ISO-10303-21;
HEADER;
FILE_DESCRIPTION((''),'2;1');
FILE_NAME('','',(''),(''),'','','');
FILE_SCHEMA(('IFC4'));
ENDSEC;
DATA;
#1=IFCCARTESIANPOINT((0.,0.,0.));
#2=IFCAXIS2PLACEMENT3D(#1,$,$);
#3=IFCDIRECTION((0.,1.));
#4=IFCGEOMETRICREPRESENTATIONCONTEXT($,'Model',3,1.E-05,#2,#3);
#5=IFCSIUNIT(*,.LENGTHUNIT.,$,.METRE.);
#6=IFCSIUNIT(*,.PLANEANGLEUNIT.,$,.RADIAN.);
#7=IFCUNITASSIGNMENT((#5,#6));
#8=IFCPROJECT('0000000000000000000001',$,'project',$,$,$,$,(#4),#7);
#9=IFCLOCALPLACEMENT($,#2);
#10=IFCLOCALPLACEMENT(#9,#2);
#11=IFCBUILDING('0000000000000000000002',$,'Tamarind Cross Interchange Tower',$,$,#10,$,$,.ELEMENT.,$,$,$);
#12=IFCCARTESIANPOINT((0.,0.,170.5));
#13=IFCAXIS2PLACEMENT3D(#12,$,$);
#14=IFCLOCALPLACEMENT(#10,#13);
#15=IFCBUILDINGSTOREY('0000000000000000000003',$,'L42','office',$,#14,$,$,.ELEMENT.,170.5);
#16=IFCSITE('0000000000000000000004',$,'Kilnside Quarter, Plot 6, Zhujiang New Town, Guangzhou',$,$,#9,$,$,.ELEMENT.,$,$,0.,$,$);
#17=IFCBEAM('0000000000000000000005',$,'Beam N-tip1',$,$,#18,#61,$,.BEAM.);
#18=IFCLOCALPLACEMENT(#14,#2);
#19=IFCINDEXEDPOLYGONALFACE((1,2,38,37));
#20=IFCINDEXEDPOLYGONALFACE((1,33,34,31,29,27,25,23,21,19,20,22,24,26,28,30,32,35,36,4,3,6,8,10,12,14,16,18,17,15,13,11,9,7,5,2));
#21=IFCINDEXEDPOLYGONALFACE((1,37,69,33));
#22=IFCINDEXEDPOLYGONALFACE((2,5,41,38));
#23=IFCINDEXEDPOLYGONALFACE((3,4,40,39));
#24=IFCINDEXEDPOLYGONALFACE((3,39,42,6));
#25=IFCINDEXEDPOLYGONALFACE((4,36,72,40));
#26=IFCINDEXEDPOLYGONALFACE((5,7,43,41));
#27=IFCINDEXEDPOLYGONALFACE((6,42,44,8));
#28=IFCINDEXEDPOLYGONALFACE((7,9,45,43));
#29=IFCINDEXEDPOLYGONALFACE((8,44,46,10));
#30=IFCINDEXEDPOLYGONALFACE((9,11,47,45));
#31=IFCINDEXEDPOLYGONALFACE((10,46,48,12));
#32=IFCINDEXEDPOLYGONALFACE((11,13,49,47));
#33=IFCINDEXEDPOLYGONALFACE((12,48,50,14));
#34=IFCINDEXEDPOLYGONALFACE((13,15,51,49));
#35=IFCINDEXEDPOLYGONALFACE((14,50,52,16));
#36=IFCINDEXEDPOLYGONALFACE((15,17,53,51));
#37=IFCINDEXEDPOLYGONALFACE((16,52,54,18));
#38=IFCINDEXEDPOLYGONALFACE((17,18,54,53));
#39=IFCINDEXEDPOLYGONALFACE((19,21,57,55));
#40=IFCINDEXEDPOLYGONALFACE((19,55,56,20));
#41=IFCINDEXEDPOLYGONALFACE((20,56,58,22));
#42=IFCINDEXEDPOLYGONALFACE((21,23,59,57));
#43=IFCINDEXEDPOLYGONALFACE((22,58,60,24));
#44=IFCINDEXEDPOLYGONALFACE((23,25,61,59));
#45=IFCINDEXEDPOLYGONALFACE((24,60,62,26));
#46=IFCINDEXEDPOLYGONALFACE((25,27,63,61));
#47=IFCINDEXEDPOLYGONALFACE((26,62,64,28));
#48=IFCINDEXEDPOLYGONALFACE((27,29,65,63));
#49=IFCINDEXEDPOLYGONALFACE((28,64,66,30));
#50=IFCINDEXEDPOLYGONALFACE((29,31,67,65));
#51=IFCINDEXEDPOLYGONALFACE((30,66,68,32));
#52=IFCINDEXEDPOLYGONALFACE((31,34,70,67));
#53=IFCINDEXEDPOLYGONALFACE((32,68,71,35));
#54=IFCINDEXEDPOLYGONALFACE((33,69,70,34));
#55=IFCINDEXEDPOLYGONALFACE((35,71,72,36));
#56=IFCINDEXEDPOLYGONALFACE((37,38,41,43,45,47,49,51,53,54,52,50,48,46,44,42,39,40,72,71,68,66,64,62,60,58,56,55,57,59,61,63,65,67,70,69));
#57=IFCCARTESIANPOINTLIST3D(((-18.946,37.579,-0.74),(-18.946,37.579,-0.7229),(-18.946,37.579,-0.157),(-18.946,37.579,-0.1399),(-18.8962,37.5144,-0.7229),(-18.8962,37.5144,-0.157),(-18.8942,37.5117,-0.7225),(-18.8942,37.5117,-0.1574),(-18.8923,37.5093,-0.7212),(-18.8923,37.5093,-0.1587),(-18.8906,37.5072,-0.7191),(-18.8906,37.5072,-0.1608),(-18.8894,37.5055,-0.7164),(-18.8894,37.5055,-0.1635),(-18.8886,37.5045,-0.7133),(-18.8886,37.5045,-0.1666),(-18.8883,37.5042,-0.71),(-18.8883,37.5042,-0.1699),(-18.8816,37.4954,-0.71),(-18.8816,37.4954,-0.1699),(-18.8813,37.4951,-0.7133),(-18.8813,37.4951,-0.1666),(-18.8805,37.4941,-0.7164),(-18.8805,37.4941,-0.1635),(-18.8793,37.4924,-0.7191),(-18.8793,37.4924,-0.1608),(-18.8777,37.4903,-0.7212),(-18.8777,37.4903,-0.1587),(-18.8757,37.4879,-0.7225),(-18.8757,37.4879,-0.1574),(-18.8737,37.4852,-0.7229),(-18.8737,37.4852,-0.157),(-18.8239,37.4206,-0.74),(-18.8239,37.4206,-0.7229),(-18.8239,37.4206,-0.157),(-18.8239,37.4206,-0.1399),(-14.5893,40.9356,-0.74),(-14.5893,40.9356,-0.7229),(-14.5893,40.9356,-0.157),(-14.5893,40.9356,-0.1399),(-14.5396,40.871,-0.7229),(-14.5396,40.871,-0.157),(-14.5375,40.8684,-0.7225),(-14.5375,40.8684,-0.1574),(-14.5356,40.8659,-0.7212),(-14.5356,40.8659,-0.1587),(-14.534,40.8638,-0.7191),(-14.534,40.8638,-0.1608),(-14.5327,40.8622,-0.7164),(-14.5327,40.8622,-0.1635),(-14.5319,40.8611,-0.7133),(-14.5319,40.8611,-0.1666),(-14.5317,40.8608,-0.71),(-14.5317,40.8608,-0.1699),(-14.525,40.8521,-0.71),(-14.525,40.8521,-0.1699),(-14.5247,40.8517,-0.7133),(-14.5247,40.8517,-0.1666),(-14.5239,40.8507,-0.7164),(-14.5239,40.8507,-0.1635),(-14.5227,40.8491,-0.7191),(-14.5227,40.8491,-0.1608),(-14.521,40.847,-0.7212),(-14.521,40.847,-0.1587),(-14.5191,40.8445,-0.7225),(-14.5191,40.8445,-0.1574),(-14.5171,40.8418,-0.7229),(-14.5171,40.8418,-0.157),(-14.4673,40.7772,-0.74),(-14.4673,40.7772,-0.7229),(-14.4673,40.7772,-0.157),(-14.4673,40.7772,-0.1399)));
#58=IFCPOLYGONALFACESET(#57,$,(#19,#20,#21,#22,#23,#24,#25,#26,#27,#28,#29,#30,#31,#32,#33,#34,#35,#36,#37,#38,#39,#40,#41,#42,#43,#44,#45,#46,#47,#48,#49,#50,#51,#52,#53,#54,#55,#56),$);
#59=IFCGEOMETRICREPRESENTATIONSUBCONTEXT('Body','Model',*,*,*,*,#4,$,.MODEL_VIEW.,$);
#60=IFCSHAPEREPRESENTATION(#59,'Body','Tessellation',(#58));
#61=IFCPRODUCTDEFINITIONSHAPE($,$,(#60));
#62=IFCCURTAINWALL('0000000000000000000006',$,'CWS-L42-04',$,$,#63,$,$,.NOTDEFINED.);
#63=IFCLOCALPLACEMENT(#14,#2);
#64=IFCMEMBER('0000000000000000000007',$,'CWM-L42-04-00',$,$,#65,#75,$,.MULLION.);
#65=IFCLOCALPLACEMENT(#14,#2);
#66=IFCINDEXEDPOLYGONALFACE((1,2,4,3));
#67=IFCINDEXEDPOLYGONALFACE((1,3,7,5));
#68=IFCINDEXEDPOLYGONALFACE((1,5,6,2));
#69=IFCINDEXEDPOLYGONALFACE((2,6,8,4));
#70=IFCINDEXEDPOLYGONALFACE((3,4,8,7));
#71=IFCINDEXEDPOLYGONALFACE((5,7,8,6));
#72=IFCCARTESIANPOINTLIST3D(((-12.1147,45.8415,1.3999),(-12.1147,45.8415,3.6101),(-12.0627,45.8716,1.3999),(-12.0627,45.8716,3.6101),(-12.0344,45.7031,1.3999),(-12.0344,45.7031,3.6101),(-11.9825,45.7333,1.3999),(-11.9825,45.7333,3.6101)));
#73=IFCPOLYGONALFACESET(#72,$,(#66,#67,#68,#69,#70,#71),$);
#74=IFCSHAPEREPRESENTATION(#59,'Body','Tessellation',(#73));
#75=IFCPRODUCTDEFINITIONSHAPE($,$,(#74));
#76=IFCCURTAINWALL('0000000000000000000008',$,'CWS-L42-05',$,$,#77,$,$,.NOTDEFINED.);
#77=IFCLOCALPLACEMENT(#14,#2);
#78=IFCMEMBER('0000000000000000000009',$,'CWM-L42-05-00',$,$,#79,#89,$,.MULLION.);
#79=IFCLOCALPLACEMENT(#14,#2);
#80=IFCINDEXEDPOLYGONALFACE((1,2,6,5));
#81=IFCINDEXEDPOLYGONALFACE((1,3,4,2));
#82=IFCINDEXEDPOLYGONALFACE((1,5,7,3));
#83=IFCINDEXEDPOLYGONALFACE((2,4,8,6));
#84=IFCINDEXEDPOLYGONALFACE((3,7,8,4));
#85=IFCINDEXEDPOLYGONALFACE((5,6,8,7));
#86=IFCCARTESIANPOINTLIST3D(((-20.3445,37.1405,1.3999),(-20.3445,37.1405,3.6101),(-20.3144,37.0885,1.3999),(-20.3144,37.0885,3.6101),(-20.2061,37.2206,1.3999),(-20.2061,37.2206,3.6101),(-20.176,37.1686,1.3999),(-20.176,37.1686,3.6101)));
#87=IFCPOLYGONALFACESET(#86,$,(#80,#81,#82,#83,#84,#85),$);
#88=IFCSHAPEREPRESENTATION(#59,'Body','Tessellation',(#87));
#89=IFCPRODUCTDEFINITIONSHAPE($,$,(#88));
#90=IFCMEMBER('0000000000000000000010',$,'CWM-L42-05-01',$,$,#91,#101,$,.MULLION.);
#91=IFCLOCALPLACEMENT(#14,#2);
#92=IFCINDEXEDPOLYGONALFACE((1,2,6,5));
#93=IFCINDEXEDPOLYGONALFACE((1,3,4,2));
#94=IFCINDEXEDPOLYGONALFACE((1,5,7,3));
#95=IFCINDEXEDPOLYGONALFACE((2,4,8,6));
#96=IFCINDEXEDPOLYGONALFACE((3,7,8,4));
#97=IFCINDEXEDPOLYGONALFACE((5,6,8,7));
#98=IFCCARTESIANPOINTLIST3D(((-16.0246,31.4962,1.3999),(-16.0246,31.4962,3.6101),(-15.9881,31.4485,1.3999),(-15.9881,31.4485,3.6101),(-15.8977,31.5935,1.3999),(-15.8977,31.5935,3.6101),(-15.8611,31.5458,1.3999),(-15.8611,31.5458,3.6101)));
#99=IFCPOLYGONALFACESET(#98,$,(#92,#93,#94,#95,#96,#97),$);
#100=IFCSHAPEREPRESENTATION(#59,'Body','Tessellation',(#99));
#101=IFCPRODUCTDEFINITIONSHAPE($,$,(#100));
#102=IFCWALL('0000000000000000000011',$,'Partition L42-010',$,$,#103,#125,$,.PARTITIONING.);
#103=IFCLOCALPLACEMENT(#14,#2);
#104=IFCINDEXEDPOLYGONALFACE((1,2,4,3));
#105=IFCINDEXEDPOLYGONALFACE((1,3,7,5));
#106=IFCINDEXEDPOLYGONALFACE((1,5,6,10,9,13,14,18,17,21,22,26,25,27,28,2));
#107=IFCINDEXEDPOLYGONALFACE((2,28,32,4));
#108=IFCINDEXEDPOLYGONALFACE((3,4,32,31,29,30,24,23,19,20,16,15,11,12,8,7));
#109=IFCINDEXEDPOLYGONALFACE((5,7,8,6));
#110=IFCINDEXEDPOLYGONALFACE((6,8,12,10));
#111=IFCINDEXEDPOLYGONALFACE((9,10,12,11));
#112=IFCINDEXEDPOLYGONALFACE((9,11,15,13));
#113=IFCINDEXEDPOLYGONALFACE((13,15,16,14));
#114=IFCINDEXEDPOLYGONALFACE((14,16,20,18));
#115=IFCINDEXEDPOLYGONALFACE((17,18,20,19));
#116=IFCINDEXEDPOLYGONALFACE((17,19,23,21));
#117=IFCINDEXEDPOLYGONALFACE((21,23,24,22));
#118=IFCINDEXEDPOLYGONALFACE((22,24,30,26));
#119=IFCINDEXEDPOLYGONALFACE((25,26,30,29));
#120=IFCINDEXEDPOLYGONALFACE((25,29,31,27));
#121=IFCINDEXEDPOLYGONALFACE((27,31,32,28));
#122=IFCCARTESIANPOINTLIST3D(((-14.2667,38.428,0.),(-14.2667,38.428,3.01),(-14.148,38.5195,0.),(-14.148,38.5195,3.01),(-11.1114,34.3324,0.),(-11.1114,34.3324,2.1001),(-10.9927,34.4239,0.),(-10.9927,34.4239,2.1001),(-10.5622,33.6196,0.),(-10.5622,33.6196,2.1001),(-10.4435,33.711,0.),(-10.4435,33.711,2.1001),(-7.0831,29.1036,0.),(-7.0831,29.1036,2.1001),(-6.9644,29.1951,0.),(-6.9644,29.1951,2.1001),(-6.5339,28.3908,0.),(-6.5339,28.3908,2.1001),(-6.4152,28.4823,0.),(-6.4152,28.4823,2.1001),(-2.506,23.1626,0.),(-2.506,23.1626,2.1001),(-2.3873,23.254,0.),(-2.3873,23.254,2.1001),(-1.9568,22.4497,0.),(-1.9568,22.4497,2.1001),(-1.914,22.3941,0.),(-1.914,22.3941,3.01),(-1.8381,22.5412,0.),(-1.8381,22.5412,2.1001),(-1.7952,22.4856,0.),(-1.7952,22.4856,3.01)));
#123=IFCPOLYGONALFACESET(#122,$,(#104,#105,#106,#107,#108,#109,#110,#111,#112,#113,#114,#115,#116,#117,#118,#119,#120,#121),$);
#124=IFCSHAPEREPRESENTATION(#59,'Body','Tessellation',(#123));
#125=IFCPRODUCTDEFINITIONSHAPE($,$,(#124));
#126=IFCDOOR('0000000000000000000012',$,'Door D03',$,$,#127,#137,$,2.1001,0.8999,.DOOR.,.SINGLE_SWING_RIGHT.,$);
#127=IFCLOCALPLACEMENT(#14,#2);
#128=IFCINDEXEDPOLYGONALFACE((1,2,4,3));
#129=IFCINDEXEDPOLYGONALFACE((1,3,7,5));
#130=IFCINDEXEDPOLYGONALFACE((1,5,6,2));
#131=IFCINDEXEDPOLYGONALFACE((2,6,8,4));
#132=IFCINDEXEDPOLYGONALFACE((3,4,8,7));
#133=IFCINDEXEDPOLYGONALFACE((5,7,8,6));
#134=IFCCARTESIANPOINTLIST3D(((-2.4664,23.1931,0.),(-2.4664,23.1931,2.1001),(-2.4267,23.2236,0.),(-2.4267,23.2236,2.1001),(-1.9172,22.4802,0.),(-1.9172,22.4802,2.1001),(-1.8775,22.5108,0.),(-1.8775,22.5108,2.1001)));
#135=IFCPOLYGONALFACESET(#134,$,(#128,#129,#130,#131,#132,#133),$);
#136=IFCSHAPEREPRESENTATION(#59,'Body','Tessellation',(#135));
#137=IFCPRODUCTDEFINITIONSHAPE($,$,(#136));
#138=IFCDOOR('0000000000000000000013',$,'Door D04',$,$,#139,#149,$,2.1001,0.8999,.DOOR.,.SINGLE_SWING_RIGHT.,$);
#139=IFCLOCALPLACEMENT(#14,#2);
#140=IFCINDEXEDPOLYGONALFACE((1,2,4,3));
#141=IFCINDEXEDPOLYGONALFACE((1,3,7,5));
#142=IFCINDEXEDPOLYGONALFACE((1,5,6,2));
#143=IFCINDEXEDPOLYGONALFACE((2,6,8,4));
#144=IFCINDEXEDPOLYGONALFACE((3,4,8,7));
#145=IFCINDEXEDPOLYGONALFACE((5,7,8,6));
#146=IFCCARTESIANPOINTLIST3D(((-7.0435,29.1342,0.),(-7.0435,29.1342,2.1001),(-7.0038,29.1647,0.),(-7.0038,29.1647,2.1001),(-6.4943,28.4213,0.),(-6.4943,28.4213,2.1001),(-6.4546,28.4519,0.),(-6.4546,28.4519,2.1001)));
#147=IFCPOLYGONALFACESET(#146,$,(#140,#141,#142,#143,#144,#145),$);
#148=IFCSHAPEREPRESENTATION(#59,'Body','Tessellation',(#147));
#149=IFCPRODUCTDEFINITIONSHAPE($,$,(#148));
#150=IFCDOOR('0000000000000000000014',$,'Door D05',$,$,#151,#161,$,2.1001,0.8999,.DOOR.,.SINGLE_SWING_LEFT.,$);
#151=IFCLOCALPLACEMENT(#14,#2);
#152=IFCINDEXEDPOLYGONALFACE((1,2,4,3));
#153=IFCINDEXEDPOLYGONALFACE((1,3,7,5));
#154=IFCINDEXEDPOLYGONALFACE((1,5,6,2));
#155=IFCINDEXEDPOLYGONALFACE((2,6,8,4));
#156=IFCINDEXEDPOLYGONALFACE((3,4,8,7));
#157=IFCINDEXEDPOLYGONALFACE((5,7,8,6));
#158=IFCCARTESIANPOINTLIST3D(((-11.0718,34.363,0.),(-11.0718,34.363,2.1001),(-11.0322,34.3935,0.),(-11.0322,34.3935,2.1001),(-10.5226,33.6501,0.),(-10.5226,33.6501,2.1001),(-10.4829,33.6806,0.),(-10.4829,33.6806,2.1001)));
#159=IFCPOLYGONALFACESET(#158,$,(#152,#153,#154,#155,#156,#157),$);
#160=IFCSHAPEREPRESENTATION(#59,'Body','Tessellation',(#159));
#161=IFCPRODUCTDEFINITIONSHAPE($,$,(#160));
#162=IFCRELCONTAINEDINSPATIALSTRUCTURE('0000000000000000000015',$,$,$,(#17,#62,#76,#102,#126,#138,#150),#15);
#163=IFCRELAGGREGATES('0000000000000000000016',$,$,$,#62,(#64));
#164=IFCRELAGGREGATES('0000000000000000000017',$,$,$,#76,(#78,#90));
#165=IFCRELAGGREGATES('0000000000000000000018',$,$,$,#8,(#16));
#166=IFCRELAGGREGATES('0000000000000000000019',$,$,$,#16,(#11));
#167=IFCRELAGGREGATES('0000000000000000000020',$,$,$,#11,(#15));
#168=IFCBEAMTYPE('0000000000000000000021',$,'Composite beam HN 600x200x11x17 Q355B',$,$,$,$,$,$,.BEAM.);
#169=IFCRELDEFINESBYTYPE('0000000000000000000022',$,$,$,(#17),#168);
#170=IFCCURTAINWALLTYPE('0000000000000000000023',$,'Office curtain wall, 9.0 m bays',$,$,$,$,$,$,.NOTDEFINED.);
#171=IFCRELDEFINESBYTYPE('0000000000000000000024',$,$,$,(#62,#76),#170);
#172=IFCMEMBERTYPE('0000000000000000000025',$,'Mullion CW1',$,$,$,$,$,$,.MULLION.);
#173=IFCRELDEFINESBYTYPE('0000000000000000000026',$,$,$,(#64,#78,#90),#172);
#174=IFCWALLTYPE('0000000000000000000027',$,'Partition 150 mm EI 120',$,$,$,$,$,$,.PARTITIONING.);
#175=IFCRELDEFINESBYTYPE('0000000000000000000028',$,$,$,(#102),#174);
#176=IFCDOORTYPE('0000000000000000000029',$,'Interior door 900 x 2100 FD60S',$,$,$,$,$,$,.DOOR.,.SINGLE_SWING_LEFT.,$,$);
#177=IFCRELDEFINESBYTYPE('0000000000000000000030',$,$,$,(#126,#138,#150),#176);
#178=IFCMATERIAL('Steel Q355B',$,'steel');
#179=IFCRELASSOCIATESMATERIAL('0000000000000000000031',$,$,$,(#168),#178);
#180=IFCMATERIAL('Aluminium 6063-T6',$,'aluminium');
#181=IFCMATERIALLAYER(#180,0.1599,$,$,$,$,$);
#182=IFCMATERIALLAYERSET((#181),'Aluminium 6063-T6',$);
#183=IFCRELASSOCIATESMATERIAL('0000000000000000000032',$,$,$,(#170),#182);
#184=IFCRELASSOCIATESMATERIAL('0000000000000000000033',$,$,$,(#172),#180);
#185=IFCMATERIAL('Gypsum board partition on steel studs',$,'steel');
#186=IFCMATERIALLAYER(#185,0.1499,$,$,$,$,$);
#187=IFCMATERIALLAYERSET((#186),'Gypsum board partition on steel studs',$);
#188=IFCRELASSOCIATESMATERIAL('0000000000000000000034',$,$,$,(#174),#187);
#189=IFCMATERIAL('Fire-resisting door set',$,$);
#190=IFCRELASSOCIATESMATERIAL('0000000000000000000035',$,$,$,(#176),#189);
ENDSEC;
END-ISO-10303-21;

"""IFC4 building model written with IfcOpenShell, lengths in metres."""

from ifc_helpers import new_model, si_unit, direction, frame, frame_2d, origin, origin_2d, place, context, subcontext, project, spatial, rectangle, i_section, extrude, material, layer, layer_set, material_profile, profile_set, type_object, element, fill, aggregate, save


model = new_model("IFC4")

# Units and contexts
model_context = context("Model", 3, precision=1e-05, world=origin(), true_north=direction((0.0, 1.0)))
body_context = subcontext(model_context, "Body", "Model", "MODEL_VIEW")
ifc_project = project(units=[si_unit("LENGTHUNIT", "METRE"), si_unit("PLANEANGLEUNIT", "RADIAN")], contexts=[model_context])

# Site, building, storey
site_placement = place(None, origin())
site = spatial("IfcSite", under=ifc_project, at=site_placement, Name="Kilnside Quarter, Plot 6, Zhujiang New Town, Guangzhou", CompositionType="ELEMENT", RefElevation=0.0)
building_placement = place(site_placement, origin())
building = spatial("IfcBuilding", under=site, at=building_placement, Name="Tamarind Cross Interchange Tower", CompositionType="ELEMENT")
storey_placement = place(building_placement, frame((0.0, 0.0, 170.5)))
storey = spatial("IfcBuildingStorey", under=building, at=storey_placement, Name="L42", Description="office", CompositionType="ELEMENT", Elevation=170.5)

# Beam
ifc_material_1 = material(Name="Steel Q355B", Category="steel")
ifc_material_profile_1 = material_profile(ifc_material_1, i_section(OverallWidth=0.2, OverallDepth=0.6001, WebThickness=0.011, FlangeThickness=0.0171, FilletRadius=0.0129, at=origin_2d()), Name="HN 600x200x11x17")
ifc_profile_set_1 = profile_set([ifc_material_profile_1], Name="Steel Q355B")
beam_type_1 = type_object("IfcBeamType", Name="Composite beam HN 600x200x11x17 Q355B", PredefinedType="BEAM", material=ifc_profile_set_1)
beam_1_placement = place(storey_placement, frame((-14.5283, 40.8564, -0.4399), z_axis=(-0.79215, -0.610326, 0.0), x_axis=(0.610326, -0.79215, 0.0)))
element("IfcBeam", 1, at=beam_1_placement, inside=storey, type_object=beam_type_1, Name="Beam N-tip1", PredefinedType="BEAM", context=body_context, shape_type="SweptSolid", body=[
    extrude(i_section(OverallWidth=0.2, OverallDepth=0.6001, WebThickness=0.011, FlangeThickness=0.0171, FilletRadius=0.0129, at=origin_2d()), origin(), (0.0, 0.0, 1.0), 5.4998),
])

# Curtain wall, member
ifc_material_2 = material(Name="Aluminium 6063-T6", Category="aluminium")
ifc_layer_1 = layer(ifc_material_2, 0.1599)
ifc_layer_set_1 = layer_set([ifc_layer_1], Name="Aluminium 6063-T6")
curtain_wall_type = type_object("IfcCurtainWallType", Name="Office curtain wall, 9.0 m bays", PredefinedType="NOTDEFINED", material=ifc_layer_set_1)
curtain_wall_1_placement = place(storey_placement, origin())
curtain_wall_1 = element("IfcCurtainWall", 2, at=curtain_wall_1_placement, inside=storey, type_object=curtain_wall_type, Name="CWS-L42-04", PredefinedType="NOTDEFINED")
ifc_material_profile_2 = material_profile(ifc_material_2, rectangle(XDim=0.0601, YDim=0.1599, at=origin_2d()), Name="Mullion CW1")
ifc_profile_set_2 = profile_set([ifc_material_profile_2], Name="Aluminium 6063-T6")
member_type = type_object("IfcMemberType", Name="Mullion CW1", PredefinedType="MULLION", material=ifc_profile_set_2)
member_1_placement = place(storey_placement, frame((-12.0486, 45.7874, 1.3999), z_axis=(0.0, 0.0, 1.0), x_axis=(-0.865039, -0.501704, 0.0)))
member_1 = element("IfcMember", 3, at=member_1_placement, type_object=member_type, Name="CWM-L42-04-00", PredefinedType="MULLION", context=body_context, shape_type="SweptSolid", body=[
    extrude(rectangle(XDim=0.0601, YDim=0.1599, at=origin_2d()), origin(), (0.0, 0.0, 1.0), 2.2102),
])
aggregate(curtain_wall_1, [member_1])

# Curtain wall, members
curtain_wall_2_placement = place(storey_placement, origin())
curtain_wall_2 = element("IfcCurtainWall", 4, at=curtain_wall_2_placement, inside=storey, type_object=curtain_wall_type, Name="CWS-L42-05", PredefinedType="NOTDEFINED")
member_2_placement = place(storey_placement, frame((-20.2603, 37.1545, 1.3999), z_axis=(0.0, 0.0, 1.0), x_axis=(0.500588, -0.865686, 0.0)))
member_2 = element("IfcMember", 5, at=member_2_placement, type_object=member_type, Name="CWM-L42-05-00", PredefinedType="MULLION", context=body_context, shape_type="SweptSolid", body=[
    extrude(rectangle(XDim=0.0601, YDim=0.1599, at=origin_2d()), origin(), (0.0, 0.0, 1.0), 2.2102),
])
member_3_placement = place(storey_placement, frame((-15.9429, 31.521, 1.3999), z_axis=(0.0, 0.0, 1.0), x_axis=(0.608277, -0.793725, 0.0)))
member_3 = element("IfcMember", 6, at=member_3_placement, type_object=member_type, Name="CWM-L42-05-01", PredefinedType="MULLION", context=body_context, shape_type="SweptSolid", body=[
    extrude(rectangle(XDim=0.0601, YDim=0.1599, at=origin_2d()), origin(), (0.0, 0.0, 1.0), 2.2102),
])
aggregate(curtain_wall_2, [member_2, member_3])

# Wall, openings, doors
ifc_material_3 = material(Name="Gypsum board partition on steel studs", Category="steel")
ifc_layer_2 = layer(ifc_material_3, 0.1499)
ifc_layer_set_2 = layer_set([ifc_layer_2], Name="Gypsum board partition on steel studs")
wall_type = type_object("IfcWallType", Name="Partition 150 mm EI 120", PredefinedType="PARTITIONING", material=ifc_layer_set_2)
wall_1_placement = place(storey_placement, frame((-14.2073, 38.4736, 0.0), z_axis=(0.0, 0.0, 1.0), x_axis=(0.6103, -0.79217, 0.0)))
wall_1 = element("IfcWall", 7, at=wall_1_placement, inside=storey, type_object=wall_type, Name="Partition L42-010", PredefinedType="PARTITIONING", context=body_context, shape_type="SweptSolid", body=[
    extrude(rectangle(XDim=20.2405, YDim=0.1499, at=frame_2d((10.1201, 0.0))), origin(), (0.0, 0.0, 1.0), 3.01),
])
opening_1_placement = place(wall_1_placement, frame((19.2703, 0.0, 0.0)))
opening_1 = element("IfcOpeningElement", 8, at=opening_1_placement, cuts=wall_1, PredefinedType="OPENING", context=body_context, shape_type="SweptSolid", body=[
    extrude(rectangle(XDim=0.8999, YDim=2.1001, at=frame_2d((0.45, 1.05))), frame((0.0, 0.085, 0.0), z_axis=(0.0, -1.0, 0.0), x_axis=(1.0, 0.0, 0.0)), (0.0, 0.0, 1.0), 0.1699),
])
opening_2_placement = place(wall_1_placement, frame((11.7705, 0.0, 0.0)))
opening_2 = element("IfcOpeningElement", 9, at=opening_2_placement, cuts=wall_1, PredefinedType="OPENING", context=body_context, shape_type="SweptSolid", body=[
    extrude(rectangle(XDim=0.8999, YDim=2.1001, at=frame_2d((0.45, 1.05))), frame((0.0, 0.085, 0.0), z_axis=(0.0, -1.0, 0.0), x_axis=(1.0, 0.0, 0.0)), (0.0, 0.0, 1.0), 0.1699),
])
opening_3_placement = place(wall_1_placement, frame((5.1699, 0.0, 0.0)))
opening_3 = element("IfcOpeningElement", 10, at=opening_3_placement, cuts=wall_1, PredefinedType="OPENING", context=body_context, shape_type="SweptSolid", body=[
    extrude(rectangle(XDim=0.8999, YDim=2.1001, at=frame_2d((0.45, 1.05))), frame((0.0, 0.085, 0.0), z_axis=(0.0, -1.0, 0.0), x_axis=(1.0, 0.0, 0.0)), (0.0, 0.0, 1.0), 0.1699),
])
ifc_material_4 = material(Name="Fire-resisting door set")
door_type_1 = type_object("IfcDoorType", Name="Interior door 900 x 2100 FD60S", OperationType="SINGLE_SWING_LEFT", PredefinedType="DOOR", material=ifc_material_4)
door_1_placement = place(opening_1_placement, frame((0.8999, 0.0, 0.0), z_axis=(0.0, 0.0, 1.0), x_axis=(-1.0, 0.0, 0.0)))
door_1 = element("IfcDoor", 11, at=door_1_placement, inside=storey, type_object=door_type_1, Name="Door D03", OperationType="SINGLE_SWING_RIGHT", OverallHeight=2.1001, OverallWidth=0.8999, PredefinedType="DOOR", context=body_context, shape_type="SweptSolid", body=[
    extrude(rectangle(XDim=0.8999, YDim=2.1001, at=frame_2d((0.45, 1.05))), frame((0.0, 0.0249, 0.0), z_axis=(0.0, -1.0, 0.0), x_axis=(1.0, 0.0, 0.0)), (0.0, 0.0, 1.0), 0.05),
])
fill(opening_1, door_1)
door_2_placement = place(opening_2_placement, frame((0.8999, 0.0, 0.0), z_axis=(0.0, 0.0, 1.0), x_axis=(-1.0, 0.0, 0.0)))
door_2 = element("IfcDoor", 12, at=door_2_placement, inside=storey, type_object=door_type_1, Name="Door D04", OperationType="SINGLE_SWING_RIGHT", OverallHeight=2.1001, OverallWidth=0.8999, PredefinedType="DOOR", context=body_context, shape_type="SweptSolid", body=[
    extrude(rectangle(XDim=0.8999, YDim=2.1001, at=frame_2d((0.45, 1.05))), frame((0.0, 0.0249, 0.0), z_axis=(0.0, -1.0, 0.0), x_axis=(1.0, 0.0, 0.0)), (0.0, 0.0, 1.0), 0.05),
])
fill(opening_2, door_2)
door_3_placement = place(opening_3_placement, frame((0.8999, 0.0, 0.0), z_axis=(0.0, 0.0, 1.0), x_axis=(-1.0, 0.0, 0.0)))
door_3 = element("IfcDoor", 13, at=door_3_placement, inside=storey, type_object=door_type_1, Name="Door D05", OperationType="SINGLE_SWING_LEFT", OverallHeight=2.1001, OverallWidth=0.8999, PredefinedType="DOOR", context=body_context, shape_type="SweptSolid", body=[
    extrude(rectangle(XDim=0.8999, YDim=2.1001, at=frame_2d((0.45, 1.05))), frame((0.0, 0.0249, 0.0), z_axis=(0.0, -1.0, 0.0), x_axis=(1.0, 0.0, 0.0)), (0.0, 0.0, 1.0), 0.05),
])
fill(opening_3, door_3)

save(model, "model.ifc")
